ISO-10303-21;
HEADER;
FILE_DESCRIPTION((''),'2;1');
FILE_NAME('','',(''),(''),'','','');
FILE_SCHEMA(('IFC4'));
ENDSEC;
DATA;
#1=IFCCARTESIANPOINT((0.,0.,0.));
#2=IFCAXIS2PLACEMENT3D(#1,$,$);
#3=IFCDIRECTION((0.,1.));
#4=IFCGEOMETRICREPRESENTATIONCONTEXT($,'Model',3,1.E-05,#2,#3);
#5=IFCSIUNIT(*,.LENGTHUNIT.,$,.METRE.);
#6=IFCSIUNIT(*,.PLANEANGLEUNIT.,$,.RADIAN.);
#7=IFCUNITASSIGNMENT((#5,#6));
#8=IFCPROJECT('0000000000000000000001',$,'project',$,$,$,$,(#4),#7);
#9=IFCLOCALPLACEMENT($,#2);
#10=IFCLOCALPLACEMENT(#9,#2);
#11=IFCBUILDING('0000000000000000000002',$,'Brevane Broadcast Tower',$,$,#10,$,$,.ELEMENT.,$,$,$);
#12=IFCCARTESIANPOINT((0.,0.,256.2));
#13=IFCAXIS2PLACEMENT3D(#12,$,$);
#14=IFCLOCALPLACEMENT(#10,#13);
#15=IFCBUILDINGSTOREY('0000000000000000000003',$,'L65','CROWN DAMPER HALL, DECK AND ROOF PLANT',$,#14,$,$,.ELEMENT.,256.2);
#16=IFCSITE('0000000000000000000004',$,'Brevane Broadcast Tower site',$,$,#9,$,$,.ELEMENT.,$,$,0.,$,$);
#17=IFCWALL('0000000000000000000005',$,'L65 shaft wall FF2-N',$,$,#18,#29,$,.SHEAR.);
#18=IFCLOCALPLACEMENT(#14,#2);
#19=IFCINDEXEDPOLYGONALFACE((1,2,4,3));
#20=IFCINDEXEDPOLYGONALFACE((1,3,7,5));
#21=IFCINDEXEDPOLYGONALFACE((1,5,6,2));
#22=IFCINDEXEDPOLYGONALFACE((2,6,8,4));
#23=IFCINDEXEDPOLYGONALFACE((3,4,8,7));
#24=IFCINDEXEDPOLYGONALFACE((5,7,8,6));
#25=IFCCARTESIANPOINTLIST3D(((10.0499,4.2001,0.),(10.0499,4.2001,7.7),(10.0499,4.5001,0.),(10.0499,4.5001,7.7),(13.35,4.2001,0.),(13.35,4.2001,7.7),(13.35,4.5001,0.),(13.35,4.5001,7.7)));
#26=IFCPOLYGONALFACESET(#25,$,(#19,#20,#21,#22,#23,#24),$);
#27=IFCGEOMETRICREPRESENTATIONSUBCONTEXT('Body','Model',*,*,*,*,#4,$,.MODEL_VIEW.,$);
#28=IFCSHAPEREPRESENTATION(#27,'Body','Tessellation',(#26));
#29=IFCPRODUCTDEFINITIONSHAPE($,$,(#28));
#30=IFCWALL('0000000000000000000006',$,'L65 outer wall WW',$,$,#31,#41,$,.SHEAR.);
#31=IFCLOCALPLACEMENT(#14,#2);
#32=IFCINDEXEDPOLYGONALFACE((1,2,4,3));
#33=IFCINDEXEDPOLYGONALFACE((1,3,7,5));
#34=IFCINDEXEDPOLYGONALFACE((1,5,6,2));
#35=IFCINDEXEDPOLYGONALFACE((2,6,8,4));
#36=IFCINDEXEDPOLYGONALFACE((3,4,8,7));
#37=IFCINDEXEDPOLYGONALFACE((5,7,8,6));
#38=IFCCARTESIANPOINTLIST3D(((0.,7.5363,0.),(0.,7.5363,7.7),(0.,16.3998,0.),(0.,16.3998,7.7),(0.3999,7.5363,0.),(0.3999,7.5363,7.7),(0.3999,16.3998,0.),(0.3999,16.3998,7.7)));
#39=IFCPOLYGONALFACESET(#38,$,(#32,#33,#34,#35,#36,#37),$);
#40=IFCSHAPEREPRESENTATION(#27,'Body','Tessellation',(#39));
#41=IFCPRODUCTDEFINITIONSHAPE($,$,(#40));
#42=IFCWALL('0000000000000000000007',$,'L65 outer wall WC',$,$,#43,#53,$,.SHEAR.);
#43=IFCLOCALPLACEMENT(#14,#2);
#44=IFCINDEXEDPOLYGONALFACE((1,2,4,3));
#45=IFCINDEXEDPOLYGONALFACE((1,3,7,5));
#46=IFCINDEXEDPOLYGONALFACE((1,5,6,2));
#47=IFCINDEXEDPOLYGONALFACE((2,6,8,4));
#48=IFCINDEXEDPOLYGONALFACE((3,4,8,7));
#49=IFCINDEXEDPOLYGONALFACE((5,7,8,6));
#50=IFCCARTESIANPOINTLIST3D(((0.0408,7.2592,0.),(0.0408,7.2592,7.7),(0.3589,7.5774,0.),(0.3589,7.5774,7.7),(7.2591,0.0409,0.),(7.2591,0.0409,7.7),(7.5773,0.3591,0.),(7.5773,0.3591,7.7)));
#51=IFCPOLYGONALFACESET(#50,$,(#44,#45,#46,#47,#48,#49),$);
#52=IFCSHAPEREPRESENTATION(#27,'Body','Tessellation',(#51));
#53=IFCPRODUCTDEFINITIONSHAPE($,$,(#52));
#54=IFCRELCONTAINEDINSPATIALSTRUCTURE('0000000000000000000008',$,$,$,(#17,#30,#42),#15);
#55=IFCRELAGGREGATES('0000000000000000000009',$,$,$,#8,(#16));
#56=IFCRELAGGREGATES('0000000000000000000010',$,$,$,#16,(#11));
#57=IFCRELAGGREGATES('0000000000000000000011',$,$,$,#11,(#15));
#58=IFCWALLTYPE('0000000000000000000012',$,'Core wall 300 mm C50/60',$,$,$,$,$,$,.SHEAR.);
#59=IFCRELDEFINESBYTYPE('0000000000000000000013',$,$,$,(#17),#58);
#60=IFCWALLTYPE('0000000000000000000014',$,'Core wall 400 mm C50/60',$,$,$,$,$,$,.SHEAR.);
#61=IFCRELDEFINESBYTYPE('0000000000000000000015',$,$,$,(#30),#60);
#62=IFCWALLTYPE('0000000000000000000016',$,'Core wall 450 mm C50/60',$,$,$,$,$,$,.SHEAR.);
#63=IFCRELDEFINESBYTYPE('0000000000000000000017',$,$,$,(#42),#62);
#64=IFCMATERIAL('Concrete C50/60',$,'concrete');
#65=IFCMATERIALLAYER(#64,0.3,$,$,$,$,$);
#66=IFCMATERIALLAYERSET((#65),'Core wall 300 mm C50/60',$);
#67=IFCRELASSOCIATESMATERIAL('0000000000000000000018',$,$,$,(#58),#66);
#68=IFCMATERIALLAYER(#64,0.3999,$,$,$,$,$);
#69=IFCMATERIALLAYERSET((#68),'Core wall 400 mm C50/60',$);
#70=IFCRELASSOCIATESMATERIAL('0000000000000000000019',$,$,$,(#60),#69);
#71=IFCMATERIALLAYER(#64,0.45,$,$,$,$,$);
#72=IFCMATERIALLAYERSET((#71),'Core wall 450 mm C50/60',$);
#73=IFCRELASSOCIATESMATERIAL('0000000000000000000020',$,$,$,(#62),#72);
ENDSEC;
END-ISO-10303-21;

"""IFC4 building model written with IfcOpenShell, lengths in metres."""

from ifc_helpers import new_model, si_unit, direction, frame, frame_2d, origin, place, context, subcontext, project, spatial, rectangle, extrude, material, layer, layer_set, type_object, element, save


model = new_model("IFC4")

# Units and contexts
model_context = context("Model", 3, precision=1e-05, world=origin(), true_north=direction((0.0, 1.0)))
body_context = subcontext(model_context, "Body", "Model", "MODEL_VIEW")
ifc_project = project(units=[si_unit("LENGTHUNIT", "METRE"), si_unit("PLANEANGLEUNIT", "RADIAN")], contexts=[model_context])

# Site, building, storey
site_placement = place(None, origin())
site = spatial("IfcSite", under=ifc_project, at=site_placement, Name="Brevane Broadcast Tower site", CompositionType="ELEMENT", RefElevation=0.0)
building_placement = place(site_placement, origin())
building = spatial("IfcBuilding", under=site, at=building_placement, Name="Brevane Broadcast Tower", CompositionType="ELEMENT")
storey_placement = place(building_placement, frame((0.0, 0.0, 256.2)))
storey = spatial("IfcBuildingStorey", under=building, at=storey_placement, Name="L65", Description="CROWN DAMPER HALL, DECK AND ROOF PLANT", CompositionType="ELEMENT", Elevation=256.2)

# Walls
ifc_material_1 = material(Name="Concrete C50/60", Category="concrete")
ifc_layer_1 = layer(ifc_material_1, 0.3)
ifc_layer_set_1 = layer_set([ifc_layer_1], Name="Core wall 300 mm C50/60")
wall_type_1 = type_object("IfcWallType", Name="Core wall 300 mm C50/60", PredefinedType="SHEAR", material=ifc_layer_set_1)
wall_1_placement = place(storey_placement, frame((10.05, 4.3501, 0.0), z_axis=(0.0, 0.0, 1.0), x_axis=(1.0, 0.0, 0.0)))
element("IfcWall", 1, at=wall_1_placement, inside=storey, type_object=wall_type_1, Name="L65 shaft wall FF2-N", PredefinedType="SHEAR", context=body_context, shape_type="SweptSolid", body=[
    extrude(rectangle(XDim=3.3, YDim=0.3, at=frame_2d((1.6499, 0.0))), origin(), (0.0, 0.0, 1.0), 7.7),
])
ifc_layer_2 = layer(ifc_material_1, 0.3999)
ifc_layer_set_2 = layer_set([ifc_layer_2], Name="Core wall 400 mm C50/60")
wall_type_2 = type_object("IfcWallType", Name="Core wall 400 mm C50/60", PredefinedType="SHEAR", material=ifc_layer_set_2)
wall_2_placement = place(storey_placement, frame((0.2, 7.5364, 0.0), z_axis=(0.0, 0.0, 1.0), x_axis=(0.0, 1.0, 0.0)))
element("IfcWall", 2, at=wall_2_placement, inside=storey, type_object=wall_type_2, Name="L65 outer wall WW", PredefinedType="SHEAR", context=body_context, shape_type="SweptSolid", body=[
    extrude(rectangle(XDim=8.8635, YDim=0.3999, at=frame_2d((4.4316, 0.0))), origin(), (0.0, 0.0, 1.0), 7.7),
])
ifc_layer_3 = layer(ifc_material_1, 0.45)
ifc_layer_set_3 = layer_set([ifc_layer_3], Name="Core wall 450 mm C50/60")
wall_type_3 = type_object("IfcWallType", Name="Core wall 450 mm C50/60", PredefinedType="SHEAR", material=ifc_layer_set_3)
wall_3_placement = place(storey_placement, frame((0.2, 7.4182, 0.0), z_axis=(0.0, 0.0, 1.0), x_axis=(0.707107, -0.707107, 0.0)))
element("IfcWall", 3, at=wall_3_placement, inside=storey, type_object=wall_type_3, Name="L65 outer wall WC", PredefinedType="SHEAR", context=body_context, shape_type="SweptSolid", body=[
    extrude(rectangle(XDim=10.2083, YDim=0.45, at=frame_2d((5.104, 0.0))), origin(), (0.0, 0.0, 1.0), 7.7),
])

save(model, "model.ifc")
